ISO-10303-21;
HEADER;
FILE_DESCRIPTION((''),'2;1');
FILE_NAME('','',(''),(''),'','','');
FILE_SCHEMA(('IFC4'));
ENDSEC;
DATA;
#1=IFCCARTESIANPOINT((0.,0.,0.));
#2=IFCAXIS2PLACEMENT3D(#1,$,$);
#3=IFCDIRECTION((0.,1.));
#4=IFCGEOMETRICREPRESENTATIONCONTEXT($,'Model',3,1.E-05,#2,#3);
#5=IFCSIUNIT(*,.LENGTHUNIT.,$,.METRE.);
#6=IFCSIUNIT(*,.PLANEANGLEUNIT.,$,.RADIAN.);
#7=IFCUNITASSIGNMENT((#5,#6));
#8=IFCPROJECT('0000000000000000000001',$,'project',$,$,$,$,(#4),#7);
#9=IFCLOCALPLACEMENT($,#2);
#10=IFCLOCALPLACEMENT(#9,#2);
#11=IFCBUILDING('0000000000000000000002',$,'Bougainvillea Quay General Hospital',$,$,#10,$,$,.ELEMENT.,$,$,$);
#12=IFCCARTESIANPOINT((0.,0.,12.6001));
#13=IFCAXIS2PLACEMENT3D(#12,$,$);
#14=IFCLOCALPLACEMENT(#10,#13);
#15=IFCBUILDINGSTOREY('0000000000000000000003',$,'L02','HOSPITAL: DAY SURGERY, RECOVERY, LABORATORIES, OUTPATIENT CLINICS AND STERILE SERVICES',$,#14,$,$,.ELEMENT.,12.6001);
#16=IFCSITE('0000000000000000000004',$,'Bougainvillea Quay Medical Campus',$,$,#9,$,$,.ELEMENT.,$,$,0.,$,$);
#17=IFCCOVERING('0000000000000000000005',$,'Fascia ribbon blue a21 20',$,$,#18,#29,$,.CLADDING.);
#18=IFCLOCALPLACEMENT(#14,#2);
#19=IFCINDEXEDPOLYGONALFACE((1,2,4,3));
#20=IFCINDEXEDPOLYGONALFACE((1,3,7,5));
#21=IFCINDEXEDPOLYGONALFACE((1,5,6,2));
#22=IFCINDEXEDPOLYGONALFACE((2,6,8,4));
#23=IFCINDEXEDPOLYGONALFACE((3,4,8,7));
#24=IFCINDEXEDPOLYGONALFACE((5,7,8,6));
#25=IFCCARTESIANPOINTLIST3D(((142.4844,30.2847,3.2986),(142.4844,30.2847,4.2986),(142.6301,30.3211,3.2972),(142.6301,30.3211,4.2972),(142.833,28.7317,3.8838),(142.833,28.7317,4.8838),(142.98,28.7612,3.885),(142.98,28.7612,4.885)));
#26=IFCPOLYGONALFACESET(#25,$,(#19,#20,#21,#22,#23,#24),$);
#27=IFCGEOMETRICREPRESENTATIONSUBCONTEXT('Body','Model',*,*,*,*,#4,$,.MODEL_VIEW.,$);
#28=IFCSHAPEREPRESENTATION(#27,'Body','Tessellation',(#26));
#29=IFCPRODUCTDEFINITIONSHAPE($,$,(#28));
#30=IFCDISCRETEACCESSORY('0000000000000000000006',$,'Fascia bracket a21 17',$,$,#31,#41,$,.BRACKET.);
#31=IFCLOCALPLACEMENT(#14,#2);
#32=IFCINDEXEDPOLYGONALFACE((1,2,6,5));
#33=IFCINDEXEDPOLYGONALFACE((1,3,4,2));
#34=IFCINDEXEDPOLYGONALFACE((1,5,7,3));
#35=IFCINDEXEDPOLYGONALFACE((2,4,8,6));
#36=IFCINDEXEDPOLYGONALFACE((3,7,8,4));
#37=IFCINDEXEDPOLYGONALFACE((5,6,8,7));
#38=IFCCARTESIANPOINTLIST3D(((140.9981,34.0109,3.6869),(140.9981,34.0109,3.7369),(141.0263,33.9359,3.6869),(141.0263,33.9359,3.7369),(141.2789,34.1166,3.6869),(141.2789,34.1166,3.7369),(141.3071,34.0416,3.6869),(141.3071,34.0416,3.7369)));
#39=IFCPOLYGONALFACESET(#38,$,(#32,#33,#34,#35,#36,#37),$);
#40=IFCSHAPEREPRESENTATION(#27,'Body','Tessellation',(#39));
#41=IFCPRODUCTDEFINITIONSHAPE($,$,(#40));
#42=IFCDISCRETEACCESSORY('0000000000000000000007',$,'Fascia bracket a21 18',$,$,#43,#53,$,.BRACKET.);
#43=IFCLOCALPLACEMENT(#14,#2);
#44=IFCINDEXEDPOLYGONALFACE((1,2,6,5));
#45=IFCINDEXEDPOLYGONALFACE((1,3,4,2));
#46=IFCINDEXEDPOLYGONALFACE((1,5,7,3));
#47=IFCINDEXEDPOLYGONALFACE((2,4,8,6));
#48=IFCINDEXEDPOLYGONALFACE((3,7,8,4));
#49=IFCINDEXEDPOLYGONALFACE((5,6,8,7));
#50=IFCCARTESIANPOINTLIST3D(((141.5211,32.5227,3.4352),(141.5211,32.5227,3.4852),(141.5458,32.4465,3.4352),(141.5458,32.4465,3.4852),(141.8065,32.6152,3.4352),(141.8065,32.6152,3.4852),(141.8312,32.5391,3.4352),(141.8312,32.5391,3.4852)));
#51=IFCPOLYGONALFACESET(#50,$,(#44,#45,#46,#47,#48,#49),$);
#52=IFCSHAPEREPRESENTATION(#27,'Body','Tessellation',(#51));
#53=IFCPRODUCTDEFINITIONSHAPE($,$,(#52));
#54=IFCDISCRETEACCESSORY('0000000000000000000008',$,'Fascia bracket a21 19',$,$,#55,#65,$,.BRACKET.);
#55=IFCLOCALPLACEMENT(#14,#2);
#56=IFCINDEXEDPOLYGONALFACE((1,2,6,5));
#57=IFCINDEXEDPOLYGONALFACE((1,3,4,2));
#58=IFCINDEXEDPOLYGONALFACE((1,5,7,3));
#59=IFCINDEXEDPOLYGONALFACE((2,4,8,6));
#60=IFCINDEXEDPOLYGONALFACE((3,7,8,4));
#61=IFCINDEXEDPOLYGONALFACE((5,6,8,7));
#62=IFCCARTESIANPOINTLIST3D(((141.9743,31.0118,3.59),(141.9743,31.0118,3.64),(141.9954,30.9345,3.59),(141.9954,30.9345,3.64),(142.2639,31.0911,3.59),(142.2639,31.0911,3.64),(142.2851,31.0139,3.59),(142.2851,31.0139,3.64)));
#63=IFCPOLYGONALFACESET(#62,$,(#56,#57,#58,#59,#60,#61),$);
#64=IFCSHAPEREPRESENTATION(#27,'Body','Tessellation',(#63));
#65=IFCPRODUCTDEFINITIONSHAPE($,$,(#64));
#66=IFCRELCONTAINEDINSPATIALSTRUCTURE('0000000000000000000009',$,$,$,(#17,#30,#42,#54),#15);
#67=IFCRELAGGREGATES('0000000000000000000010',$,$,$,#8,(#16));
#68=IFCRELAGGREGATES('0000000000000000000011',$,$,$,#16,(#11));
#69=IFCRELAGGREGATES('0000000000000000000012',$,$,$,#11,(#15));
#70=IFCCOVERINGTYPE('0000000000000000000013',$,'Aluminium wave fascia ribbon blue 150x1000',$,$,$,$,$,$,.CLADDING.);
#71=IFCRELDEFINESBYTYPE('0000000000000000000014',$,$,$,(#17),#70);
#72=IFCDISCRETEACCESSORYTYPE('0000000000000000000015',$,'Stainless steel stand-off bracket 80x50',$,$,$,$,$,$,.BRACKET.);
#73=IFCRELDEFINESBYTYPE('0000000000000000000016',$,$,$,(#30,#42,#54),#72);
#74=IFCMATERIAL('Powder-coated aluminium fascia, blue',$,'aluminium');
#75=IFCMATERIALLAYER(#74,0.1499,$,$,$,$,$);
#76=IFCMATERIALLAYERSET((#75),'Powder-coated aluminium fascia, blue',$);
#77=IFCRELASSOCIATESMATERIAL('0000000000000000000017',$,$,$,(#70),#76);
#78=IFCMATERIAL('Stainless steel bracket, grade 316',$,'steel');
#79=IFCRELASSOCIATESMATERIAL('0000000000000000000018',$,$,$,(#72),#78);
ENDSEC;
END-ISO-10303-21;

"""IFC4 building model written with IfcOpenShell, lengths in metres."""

from ifc_helpers import new_model, si_unit, direction, frame, origin, origin_2d, place, context, subcontext, project, spatial, polyline, rectangle, outline, extrude, material, layer, layer_set, material_profile, profile_set, type_object, element, save


model = new_model("IFC4")

# Units and contexts
model_context = context("Model", 3, precision=1e-05, world=origin(), true_north=direction((0.0, 1.0)))
body_context = subcontext(model_context, "Body", "Model", "MODEL_VIEW")
ifc_project = project(units=[si_unit("LENGTHUNIT", "METRE"), si_unit("PLANEANGLEUNIT", "RADIAN")], contexts=[model_context])

# Site, building, storey
site_placement = place(None, origin())
site = spatial("IfcSite", under=ifc_project, at=site_placement, Name="Bougainvillea Quay Medical Campus", CompositionType="ELEMENT", RefElevation=0.0)
building_placement = place(site_placement, origin())
building = spatial("IfcBuilding", under=site, at=building_placement, Name="Bougainvillea Quay General Hospital", CompositionType="ELEMENT")
storey_placement = place(building_placement, frame((0.0, 0.0, 12.6001)))
storey = spatial("IfcBuildingStorey", under=building, at=storey_placement, Name="L02", Description="HOSPITAL: DAY SURGERY, RECOVERY, LABORATORIES, OUTPATIENT CLINICS AND STERILE SERVICES", CompositionType="ELEMENT", Elevation=12.6001)

# Covering
ifc_material_1 = material(Name="Powder-coated aluminium fascia, blue", Category="aluminium")
ifc_layer_1 = layer(ifc_material_1, 0.1499)
ifc_layer_set_1 = layer_set([ifc_layer_1], Name="Powder-coated aluminium fascia, blue")
covering_type = type_object("IfcCoveringType", Name="Aluminium wave fascia ribbon blue 150x1000", PredefinedType="CLADDING", material=ifc_layer_set_1)
covering_1_placement = place(storey_placement, frame((142.4844, 30.2847, 3.2986), z_axis=(-0.075074, 0.336861, 0.938557), x_axis=(0.205583, -0.915764, 0.345125)))
element("IfcCovering", 1, at=covering_1_placement, inside=storey, type_object=covering_type, Name="Fascia ribbon blue a21 20", PredefinedType="CLADDING", context=body_context, shape_type="SweptSolid", body=[
    extrude(outline(polyline([(0.0, 0.0), (1.6958, 0.0), (1.6994, 0.1499), (-0.0039, 0.1502), (0.0, 0.0)])), origin(), (0.345125, -0.000503, 0.938557), 1.0),
])

# Discrete accessories
ifc_material_2 = material(Name="Stainless steel bracket, grade 316", Category="steel")
ifc_material_profile_1 = material_profile(ifc_material_2, rectangle(XDim=0.0801, YDim=0.05, at=origin_2d()))
ifc_profile_set_1 = profile_set([ifc_material_profile_1], Name="Stainless steel bracket, grade 316")
discrete_accessory_type = type_object("IfcDiscreteAccessoryType", Name="Stainless steel stand-off bracket 80x50", PredefinedType="BRACKET", material=ifc_profile_set_1)
for number, where, z_axis, x_axis, name in (
    (2, (141.0122, 33.9734, 3.7119), (0.93586, 0.352372, 0.0), (-0.352372, 0.93586, 0.0), "Fascia bracket a21 17"),
    (3, (141.5334, 32.4846, 3.4602), (0.951255, 0.308405, 0.0), (-0.308405, 0.951255, 0.0), "Fascia bracket a21 18"),
):
    element("IfcDiscreteAccessory", number, at=place(storey_placement, frame(where, z_axis=z_axis, x_axis=x_axis)), inside=storey, type_object=discrete_accessory_type, Name=name, PredefinedType="BRACKET", context=body_context, shape_type="SweptSolid", body=[
        extrude(rectangle(XDim=0.0801, YDim=0.05, at=origin_2d()), origin(), (0.0, 0.0, 1.0), 0.3),
    ])
discrete_accessory_placement = place(storey_placement, frame((141.9849, 30.9731, 3.615), z_axis=(0.964444, 0.264287, 0.0), x_axis=(-0.264287, 0.964444, 0.0)))
element("IfcDiscreteAccessory", 4, at=discrete_accessory_placement, inside=storey, type_object=discrete_accessory_type, Name="Fascia bracket a21 19", PredefinedType="BRACKET", context=body_context, shape_type="SweptSolid", body=[
    extrude(rectangle(XDim=0.0801, YDim=0.05, at=origin_2d()), origin(), (0.0, 0.0, 1.0), 0.3003),
])

save(model, "model.ifc")
